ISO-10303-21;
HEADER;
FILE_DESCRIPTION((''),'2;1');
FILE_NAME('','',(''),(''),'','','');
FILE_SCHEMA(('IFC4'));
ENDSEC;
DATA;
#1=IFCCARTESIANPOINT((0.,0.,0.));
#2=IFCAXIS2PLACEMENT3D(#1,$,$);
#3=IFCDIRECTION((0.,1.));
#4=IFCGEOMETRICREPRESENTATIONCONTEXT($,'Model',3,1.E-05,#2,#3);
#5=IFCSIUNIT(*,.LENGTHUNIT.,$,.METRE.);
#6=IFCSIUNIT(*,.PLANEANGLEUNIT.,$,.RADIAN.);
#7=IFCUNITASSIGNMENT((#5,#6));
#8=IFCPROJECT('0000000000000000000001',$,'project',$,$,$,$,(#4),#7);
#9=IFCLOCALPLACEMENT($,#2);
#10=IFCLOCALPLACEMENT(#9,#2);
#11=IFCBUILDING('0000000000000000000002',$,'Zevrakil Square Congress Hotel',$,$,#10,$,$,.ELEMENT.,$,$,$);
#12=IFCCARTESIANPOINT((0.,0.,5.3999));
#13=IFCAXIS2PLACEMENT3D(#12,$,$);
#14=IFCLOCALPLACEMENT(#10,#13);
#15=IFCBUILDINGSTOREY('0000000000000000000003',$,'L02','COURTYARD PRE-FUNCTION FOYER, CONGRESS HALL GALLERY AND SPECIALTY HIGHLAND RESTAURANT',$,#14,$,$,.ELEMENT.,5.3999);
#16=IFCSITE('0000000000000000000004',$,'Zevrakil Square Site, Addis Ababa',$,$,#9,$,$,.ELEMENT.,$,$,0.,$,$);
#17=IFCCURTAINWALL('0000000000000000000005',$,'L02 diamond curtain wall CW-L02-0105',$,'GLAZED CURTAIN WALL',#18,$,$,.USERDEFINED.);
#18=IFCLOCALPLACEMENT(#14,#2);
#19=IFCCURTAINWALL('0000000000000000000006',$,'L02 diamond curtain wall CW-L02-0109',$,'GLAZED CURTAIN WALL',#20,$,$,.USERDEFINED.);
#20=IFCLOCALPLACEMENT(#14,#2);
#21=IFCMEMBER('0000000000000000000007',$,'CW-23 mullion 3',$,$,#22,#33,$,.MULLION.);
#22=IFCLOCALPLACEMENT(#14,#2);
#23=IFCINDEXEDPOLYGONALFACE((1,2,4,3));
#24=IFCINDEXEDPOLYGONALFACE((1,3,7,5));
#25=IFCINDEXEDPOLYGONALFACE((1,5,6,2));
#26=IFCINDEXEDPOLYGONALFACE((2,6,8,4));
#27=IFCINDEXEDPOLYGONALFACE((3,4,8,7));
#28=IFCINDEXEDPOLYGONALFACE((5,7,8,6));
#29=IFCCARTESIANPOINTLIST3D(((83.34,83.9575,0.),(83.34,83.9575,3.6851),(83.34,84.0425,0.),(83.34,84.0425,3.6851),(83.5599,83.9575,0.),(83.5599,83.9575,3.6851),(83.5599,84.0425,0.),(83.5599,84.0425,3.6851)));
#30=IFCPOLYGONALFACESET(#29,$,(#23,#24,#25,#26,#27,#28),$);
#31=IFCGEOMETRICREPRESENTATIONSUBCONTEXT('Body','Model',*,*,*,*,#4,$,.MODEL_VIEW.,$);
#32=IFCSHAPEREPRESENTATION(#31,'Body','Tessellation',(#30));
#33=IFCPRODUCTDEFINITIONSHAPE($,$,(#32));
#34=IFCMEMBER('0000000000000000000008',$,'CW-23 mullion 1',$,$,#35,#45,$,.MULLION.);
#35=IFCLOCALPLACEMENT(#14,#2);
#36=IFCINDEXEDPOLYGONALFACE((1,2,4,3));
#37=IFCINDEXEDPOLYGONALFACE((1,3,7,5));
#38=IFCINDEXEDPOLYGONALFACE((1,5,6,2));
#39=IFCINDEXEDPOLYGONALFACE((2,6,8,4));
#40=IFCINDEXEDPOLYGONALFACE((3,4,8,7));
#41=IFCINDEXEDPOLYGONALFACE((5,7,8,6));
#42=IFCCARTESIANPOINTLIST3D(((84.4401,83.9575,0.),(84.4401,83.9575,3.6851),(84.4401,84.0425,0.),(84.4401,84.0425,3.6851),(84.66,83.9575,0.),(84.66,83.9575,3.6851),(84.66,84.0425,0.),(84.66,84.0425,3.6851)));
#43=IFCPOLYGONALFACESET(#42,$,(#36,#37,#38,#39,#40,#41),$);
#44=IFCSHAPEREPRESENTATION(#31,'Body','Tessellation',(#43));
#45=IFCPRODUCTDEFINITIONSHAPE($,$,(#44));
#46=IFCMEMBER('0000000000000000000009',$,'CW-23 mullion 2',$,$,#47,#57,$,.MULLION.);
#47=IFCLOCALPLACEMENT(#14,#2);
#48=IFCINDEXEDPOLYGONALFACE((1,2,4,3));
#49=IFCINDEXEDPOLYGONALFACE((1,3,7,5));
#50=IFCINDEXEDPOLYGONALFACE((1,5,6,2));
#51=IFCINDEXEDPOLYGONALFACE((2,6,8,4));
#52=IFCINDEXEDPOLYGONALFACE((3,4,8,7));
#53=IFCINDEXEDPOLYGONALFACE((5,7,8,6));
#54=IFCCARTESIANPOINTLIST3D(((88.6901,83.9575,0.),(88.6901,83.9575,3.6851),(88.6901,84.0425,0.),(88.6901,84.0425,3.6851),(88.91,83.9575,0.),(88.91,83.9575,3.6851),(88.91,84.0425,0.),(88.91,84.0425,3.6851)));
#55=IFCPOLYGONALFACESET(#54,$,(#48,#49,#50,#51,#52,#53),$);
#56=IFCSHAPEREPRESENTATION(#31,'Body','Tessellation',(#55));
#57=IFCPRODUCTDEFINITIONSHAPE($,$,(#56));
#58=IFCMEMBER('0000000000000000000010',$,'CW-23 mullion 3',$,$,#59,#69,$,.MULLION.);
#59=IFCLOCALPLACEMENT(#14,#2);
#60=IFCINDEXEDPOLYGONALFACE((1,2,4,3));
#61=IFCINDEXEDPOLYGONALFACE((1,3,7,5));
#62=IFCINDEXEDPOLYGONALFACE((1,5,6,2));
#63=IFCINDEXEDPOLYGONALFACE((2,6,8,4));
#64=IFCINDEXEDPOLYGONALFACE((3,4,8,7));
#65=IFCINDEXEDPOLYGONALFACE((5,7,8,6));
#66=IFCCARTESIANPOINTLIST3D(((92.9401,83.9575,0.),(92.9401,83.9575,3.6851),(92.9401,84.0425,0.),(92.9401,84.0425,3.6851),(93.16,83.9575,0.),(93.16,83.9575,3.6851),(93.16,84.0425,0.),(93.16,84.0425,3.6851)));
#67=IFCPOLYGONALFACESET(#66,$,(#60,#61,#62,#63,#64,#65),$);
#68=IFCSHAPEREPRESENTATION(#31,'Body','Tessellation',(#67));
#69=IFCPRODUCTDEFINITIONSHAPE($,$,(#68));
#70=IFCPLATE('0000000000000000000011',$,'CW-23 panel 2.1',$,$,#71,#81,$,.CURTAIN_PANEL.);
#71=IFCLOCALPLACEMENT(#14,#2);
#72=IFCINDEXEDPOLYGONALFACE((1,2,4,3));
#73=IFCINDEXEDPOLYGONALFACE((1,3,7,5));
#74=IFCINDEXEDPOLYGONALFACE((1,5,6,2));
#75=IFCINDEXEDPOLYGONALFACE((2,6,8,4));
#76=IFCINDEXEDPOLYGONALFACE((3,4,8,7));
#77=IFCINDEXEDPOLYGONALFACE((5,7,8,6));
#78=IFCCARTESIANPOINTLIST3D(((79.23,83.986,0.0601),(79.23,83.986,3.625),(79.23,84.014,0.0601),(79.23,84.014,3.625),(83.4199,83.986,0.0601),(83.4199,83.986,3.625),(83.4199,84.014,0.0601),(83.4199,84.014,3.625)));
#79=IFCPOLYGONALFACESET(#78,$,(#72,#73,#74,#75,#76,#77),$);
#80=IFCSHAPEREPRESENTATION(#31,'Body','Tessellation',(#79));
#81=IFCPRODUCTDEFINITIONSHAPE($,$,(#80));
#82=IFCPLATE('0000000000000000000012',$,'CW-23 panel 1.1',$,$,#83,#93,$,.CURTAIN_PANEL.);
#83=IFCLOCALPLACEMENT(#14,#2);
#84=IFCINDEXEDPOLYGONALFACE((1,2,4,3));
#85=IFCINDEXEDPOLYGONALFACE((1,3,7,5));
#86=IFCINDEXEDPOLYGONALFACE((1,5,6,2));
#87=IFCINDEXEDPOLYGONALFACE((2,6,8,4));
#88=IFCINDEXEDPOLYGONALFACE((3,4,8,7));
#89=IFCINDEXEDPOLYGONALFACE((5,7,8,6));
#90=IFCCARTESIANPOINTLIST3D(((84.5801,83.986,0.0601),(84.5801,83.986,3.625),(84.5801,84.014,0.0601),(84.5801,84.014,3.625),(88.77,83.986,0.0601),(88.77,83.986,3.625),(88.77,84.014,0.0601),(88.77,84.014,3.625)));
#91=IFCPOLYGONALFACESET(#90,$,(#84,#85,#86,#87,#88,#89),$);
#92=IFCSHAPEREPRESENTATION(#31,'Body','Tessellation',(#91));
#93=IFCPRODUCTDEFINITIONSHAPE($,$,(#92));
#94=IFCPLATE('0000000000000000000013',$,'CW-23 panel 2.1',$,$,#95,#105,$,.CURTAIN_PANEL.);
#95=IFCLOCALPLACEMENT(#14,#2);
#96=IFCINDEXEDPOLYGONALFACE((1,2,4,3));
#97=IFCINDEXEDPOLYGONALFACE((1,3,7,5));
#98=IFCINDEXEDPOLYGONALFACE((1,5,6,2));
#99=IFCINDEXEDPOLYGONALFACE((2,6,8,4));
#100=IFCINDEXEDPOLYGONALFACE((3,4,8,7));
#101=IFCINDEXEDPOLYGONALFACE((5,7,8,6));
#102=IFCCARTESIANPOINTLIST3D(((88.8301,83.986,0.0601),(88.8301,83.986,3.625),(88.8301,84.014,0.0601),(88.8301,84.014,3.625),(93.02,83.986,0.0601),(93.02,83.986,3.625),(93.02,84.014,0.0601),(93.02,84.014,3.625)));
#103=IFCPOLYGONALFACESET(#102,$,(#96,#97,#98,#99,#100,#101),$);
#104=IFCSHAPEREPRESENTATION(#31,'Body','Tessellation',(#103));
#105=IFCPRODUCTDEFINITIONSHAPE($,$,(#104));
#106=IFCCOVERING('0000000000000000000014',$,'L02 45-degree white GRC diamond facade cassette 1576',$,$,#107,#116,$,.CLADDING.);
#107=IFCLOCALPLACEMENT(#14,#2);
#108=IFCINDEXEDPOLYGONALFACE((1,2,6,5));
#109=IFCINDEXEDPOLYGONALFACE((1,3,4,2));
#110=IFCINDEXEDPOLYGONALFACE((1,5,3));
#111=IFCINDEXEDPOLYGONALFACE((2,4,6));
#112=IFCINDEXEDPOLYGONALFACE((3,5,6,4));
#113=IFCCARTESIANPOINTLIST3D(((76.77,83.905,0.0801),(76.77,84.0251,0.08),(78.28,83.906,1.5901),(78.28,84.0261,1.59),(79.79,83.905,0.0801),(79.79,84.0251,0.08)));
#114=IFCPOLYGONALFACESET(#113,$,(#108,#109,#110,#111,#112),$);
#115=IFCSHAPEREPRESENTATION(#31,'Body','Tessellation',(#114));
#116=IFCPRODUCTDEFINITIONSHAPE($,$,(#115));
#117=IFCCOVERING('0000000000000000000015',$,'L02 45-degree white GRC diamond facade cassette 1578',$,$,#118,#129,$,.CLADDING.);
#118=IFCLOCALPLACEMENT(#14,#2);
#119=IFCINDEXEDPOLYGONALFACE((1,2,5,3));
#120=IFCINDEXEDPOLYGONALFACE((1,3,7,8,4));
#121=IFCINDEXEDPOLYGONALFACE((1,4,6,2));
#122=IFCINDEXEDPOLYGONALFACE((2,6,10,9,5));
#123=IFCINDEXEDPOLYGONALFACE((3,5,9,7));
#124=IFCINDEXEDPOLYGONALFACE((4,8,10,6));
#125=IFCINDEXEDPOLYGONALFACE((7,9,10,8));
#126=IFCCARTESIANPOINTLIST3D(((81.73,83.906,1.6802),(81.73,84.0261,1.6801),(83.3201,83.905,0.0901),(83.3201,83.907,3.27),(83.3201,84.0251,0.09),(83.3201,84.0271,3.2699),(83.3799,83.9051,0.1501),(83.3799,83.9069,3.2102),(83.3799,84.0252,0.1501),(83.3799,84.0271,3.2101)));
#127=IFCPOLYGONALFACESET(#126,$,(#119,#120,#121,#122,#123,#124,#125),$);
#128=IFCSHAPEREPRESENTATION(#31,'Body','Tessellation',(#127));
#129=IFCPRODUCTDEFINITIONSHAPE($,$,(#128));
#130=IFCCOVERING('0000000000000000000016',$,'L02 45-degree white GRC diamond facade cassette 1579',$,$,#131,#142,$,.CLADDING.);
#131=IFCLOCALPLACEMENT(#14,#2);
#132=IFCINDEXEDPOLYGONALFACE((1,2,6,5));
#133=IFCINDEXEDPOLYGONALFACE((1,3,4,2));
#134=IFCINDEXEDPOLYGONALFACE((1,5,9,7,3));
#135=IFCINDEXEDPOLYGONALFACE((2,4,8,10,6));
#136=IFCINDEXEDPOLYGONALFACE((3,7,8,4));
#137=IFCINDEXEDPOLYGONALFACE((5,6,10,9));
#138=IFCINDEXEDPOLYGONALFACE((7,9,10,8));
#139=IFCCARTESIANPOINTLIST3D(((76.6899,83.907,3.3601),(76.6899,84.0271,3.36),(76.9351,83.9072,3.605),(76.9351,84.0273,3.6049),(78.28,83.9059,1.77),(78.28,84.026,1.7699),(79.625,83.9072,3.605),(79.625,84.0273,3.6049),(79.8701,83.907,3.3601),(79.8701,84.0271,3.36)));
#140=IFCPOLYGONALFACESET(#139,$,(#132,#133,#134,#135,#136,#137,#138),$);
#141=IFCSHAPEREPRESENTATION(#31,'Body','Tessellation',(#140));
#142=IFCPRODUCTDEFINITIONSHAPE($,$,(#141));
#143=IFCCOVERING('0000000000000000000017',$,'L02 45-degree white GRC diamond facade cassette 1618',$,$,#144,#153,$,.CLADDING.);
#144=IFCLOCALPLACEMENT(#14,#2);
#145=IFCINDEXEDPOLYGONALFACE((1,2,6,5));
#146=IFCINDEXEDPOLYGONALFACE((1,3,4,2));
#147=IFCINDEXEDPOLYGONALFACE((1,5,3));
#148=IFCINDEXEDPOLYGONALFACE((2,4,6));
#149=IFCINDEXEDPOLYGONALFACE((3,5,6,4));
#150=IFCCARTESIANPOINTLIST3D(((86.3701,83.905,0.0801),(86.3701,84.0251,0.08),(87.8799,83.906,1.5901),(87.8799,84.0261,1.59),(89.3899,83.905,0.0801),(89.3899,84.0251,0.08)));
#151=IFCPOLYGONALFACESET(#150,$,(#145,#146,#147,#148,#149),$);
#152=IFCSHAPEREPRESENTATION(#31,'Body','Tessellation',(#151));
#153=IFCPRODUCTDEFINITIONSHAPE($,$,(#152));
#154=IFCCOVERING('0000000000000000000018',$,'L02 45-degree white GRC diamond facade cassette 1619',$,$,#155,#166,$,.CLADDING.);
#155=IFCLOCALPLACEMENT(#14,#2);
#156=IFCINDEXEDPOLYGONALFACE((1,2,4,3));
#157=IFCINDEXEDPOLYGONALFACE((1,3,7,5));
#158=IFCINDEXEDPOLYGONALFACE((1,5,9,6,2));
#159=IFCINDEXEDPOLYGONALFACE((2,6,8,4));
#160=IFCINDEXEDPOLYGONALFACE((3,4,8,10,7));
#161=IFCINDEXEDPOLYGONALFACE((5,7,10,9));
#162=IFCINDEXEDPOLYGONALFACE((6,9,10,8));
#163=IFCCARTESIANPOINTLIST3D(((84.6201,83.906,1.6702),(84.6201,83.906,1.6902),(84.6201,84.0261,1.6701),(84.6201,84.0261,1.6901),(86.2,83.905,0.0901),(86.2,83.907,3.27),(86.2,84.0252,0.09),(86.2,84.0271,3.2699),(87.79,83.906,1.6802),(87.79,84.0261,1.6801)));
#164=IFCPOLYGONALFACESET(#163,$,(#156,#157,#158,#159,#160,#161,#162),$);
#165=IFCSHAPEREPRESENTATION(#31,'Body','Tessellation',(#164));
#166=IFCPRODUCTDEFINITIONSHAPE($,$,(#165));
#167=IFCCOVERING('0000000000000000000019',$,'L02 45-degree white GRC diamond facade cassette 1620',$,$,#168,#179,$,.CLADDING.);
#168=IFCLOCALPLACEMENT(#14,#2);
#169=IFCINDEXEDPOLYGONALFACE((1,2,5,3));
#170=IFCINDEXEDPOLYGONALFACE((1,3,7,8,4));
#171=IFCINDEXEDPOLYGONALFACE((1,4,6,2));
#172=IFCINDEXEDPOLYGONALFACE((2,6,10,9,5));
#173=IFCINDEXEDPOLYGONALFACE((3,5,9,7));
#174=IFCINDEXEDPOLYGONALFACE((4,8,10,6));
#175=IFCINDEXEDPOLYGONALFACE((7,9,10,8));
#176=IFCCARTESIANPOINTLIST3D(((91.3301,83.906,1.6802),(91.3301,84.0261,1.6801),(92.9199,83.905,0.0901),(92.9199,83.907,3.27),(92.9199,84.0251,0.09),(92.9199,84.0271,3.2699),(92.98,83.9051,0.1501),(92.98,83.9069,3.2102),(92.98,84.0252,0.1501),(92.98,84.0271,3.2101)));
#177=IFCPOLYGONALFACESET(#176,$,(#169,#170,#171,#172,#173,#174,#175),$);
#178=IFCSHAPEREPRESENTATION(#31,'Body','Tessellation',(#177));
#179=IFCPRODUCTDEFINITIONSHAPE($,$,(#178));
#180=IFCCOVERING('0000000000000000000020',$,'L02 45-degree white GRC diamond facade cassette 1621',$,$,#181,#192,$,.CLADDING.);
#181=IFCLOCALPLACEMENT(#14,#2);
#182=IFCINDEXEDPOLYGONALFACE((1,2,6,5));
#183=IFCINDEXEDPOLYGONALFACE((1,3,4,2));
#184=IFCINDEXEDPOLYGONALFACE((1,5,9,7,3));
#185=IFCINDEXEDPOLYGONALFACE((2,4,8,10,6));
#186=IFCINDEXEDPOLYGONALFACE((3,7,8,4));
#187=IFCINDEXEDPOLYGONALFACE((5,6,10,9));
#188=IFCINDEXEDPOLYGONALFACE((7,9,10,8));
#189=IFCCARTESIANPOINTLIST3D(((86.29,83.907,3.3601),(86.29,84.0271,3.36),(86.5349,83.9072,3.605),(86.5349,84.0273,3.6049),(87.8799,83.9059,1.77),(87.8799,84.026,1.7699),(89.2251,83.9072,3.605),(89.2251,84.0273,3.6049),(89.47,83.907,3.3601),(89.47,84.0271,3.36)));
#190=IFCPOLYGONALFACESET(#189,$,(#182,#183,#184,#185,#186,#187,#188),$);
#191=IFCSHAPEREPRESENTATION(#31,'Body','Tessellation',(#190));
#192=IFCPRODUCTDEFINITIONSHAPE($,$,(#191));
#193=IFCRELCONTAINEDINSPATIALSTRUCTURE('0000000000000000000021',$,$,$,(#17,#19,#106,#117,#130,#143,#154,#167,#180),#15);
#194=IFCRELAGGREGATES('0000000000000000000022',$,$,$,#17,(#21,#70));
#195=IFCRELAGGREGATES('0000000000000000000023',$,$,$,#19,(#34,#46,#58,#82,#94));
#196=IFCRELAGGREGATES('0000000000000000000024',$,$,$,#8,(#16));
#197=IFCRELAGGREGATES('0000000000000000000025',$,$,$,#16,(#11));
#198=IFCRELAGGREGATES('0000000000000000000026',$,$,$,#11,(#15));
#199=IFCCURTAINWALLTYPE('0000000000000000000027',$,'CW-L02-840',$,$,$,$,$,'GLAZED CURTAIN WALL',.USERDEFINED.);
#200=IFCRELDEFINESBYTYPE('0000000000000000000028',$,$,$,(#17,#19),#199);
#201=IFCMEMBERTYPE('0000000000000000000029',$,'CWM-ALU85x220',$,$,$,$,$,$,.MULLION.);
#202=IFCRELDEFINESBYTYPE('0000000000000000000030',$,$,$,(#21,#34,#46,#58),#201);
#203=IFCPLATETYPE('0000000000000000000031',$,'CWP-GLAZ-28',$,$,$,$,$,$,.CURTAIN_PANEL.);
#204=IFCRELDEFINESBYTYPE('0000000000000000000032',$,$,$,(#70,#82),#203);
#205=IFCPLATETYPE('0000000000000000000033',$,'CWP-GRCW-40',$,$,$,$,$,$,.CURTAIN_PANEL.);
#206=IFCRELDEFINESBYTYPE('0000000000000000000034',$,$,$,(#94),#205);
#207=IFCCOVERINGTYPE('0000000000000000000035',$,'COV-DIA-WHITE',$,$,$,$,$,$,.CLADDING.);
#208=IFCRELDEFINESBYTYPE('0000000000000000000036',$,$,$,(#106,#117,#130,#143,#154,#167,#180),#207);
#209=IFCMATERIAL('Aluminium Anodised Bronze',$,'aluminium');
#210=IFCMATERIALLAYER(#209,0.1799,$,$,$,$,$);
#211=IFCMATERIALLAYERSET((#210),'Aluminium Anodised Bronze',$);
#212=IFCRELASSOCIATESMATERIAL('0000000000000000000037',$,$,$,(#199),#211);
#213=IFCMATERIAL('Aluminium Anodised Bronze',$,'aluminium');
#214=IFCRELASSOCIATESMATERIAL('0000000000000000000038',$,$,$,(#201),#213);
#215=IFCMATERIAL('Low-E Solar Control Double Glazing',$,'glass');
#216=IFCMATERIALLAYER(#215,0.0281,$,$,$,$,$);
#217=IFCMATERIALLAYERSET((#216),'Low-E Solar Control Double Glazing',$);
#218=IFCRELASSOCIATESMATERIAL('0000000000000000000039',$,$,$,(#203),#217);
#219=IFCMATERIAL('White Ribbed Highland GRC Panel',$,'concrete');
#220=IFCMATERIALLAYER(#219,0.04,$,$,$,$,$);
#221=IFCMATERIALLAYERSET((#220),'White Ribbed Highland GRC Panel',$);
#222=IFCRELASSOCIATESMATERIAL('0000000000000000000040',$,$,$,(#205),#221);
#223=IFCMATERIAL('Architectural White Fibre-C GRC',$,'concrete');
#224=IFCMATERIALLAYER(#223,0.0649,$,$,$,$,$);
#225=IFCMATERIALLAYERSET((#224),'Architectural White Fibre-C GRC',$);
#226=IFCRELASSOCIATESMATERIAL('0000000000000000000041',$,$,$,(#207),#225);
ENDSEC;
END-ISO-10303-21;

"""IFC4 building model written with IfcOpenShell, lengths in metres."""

from ifc_helpers import new_model, si_unit, direction, frame, origin, origin_2d, place, context, subcontext, project, spatial, polyline, rectangle, outline, extrude, material, layer, layer_set, material_profile, profile_set, type_object, element, aggregate, save


model = new_model("IFC4")

# Units and contexts
model_context = context("Model", 3, precision=1e-05, world=origin(), true_north=direction((0.0, 1.0)))
body_context = subcontext(model_context, "Body", "Model", "MODEL_VIEW")
ifc_project = project(units=[si_unit("LENGTHUNIT", "METRE"), si_unit("PLANEANGLEUNIT", "RADIAN")], contexts=[model_context])

# Site, building, storey
site_placement = place(None, origin())
site = spatial("IfcSite", under=ifc_project, at=site_placement, Name="Zevrakil Square Site, Addis Ababa", CompositionType="ELEMENT", RefElevation=0.0)
building_placement = place(site_placement, origin())
building = spatial("IfcBuilding", under=site, at=building_placement, Name="Zevrakil Square Congress Hotel", CompositionType="ELEMENT")
storey_placement = place(building_placement, frame((0.0, 0.0, 5.3999)))
storey = spatial("IfcBuildingStorey", under=building, at=storey_placement, Name="L02", Description="COURTYARD PRE-FUNCTION FOYER, CONGRESS HALL GALLERY AND SPECIALTY HIGHLAND RESTAURANT", CompositionType="ELEMENT", Elevation=5.3999)

# Curtain walls
ifc_material_1 = material(Name="Aluminium Anodised Bronze", Category="aluminium")
ifc_layer_1 = layer(ifc_material_1, 0.1799)
ifc_layer_set_1 = layer_set([ifc_layer_1], Name="Aluminium Anodised Bronze")
curtain_wall_type = type_object("IfcCurtainWallType", Name="CW-L02-840", ElementType="GLAZED CURTAIN WALL", PredefinedType="USERDEFINED", material=ifc_layer_set_1)
curtain_wall_1_placement = place(storey_placement, origin())
curtain_wall_1 = element("IfcCurtainWall", 1, at=curtain_wall_1_placement, inside=storey, type_object=curtain_wall_type, Name="L02 diamond curtain wall CW-L02-0105", ObjectType="GLAZED CURTAIN WALL", PredefinedType="USERDEFINED")
curtain_wall_2_placement = place(storey_placement, origin())
curtain_wall_2 = element("IfcCurtainWall", 2, at=curtain_wall_2_placement, inside=storey, type_object=curtain_wall_type, Name="L02 diamond curtain wall CW-L02-0109", ObjectType="GLAZED CURTAIN WALL", PredefinedType="USERDEFINED")

# Members
ifc_material_2 = material(Name="Aluminium Anodised Bronze", Category="aluminium")
ifc_material_profile_1 = material_profile(ifc_material_2, rectangle(XDim=0.085, YDim=0.22, at=origin_2d()), Name="ALU 85x220")
ifc_profile_set_1 = profile_set([ifc_material_profile_1], Name="Aluminium Anodised Bronze")
member_type_1 = type_object("IfcMemberType", Name="CWM-ALU85x220", PredefinedType="MULLION", material=ifc_profile_set_1)
member_1_placement = place(storey_placement, frame((83.45, 84.0, 0.0), z_axis=(0.0, 0.0, 1.0), x_axis=(0.0, 1.0, 0.0)))
member_1 = element("IfcMember", 3, at=member_1_placement, type_object=member_type_1, Name="CW-23 mullion 3", PredefinedType="MULLION", context=body_context, shape_type="SweptSolid", body=[
    extrude(rectangle(XDim=0.085, YDim=0.22, at=origin_2d()), origin(), (0.0, 0.0, 1.0), 3.6851),
])
member_2_placement = place(storey_placement, frame((84.55, 84.0, 0.0), z_axis=(0.0, 0.0, 1.0), x_axis=(0.0, 1.0, 0.0)))
member_2 = element("IfcMember", 4, at=member_2_placement, type_object=member_type_1, Name="CW-23 mullion 1", PredefinedType="MULLION", context=body_context, shape_type="SweptSolid", body=[
    extrude(rectangle(XDim=0.085, YDim=0.22, at=origin_2d()), origin(), (0.0, 0.0, 1.0), 3.6851),
])
member_3_placement = place(storey_placement, frame((88.8, 84.0, 0.0), z_axis=(0.0, 0.0, 1.0), x_axis=(0.0, 1.0, 0.0)))
member_3 = element("IfcMember", 5, at=member_3_placement, type_object=member_type_1, Name="CW-23 mullion 2", PredefinedType="MULLION", context=body_context, shape_type="SweptSolid", body=[
    extrude(rectangle(XDim=0.085, YDim=0.22, at=origin_2d()), origin(), (0.0, 0.0, 1.0), 3.6851),
])
member_4_placement = place(storey_placement, frame((93.05, 84.0, 0.0), z_axis=(0.0, 0.0, 1.0), x_axis=(0.0, 1.0, 0.0)))
member_4 = element("IfcMember", 6, at=member_4_placement, type_object=member_type_1, Name="CW-23 mullion 3", PredefinedType="MULLION", context=body_context, shape_type="SweptSolid", body=[
    extrude(rectangle(XDim=0.085, YDim=0.22, at=origin_2d()), origin(), (0.0, 0.0, 1.0), 3.6851),
])

# Plates
ifc_material_3 = material(Name="Low-E Solar Control Double Glazing", Category="glass")
ifc_layer_2 = layer(ifc_material_3, 0.0281)
ifc_layer_set_2 = layer_set([ifc_layer_2], Name="Low-E Solar Control Double Glazing")
plate_type_1 = type_object("IfcPlateType", Name="CWP-GLAZ-28", PredefinedType="CURTAIN_PANEL", material=ifc_layer_set_2)
plate_1_placement = place(storey_placement, frame((81.325, 84.0, 0.0601), z_axis=(0.0, 0.0, 1.0), x_axis=(1.0, 0.0, 0.0)))
plate_1 = element("IfcPlate", 7, at=plate_1_placement, type_object=plate_type_1, Name="CW-23 panel 2.1", PredefinedType="CURTAIN_PANEL", context=body_context, shape_type="SweptSolid", body=[
    extrude(rectangle(XDim=4.1899, YDim=0.0281, at=origin_2d()), origin(), (0.0, 0.0, 1.0), 3.5649),
])
aggregate(curtain_wall_1, [member_1, plate_1])
plate_2_placement = place(storey_placement, frame((86.675, 84.0, 0.0601), z_axis=(0.0, 0.0, 1.0), x_axis=(1.0, 0.0, 0.0)))
plate_2 = element("IfcPlate", 8, at=plate_2_placement, type_object=plate_type_1, Name="CW-23 panel 1.1", PredefinedType="CURTAIN_PANEL", context=body_context, shape_type="SweptSolid", body=[
    extrude(rectangle(XDim=4.1899, YDim=0.0281, at=origin_2d()), origin(), (0.0, 0.0, 1.0), 3.5649),
])
ifc_material_4 = material(Name="White Ribbed Highland GRC Panel", Category="concrete")
ifc_layer_3 = layer(ifc_material_4, 0.04)
ifc_layer_set_3 = layer_set([ifc_layer_3], Name="White Ribbed Highland GRC Panel")
plate_type_2 = type_object("IfcPlateType", Name="CWP-GRCW-40", PredefinedType="CURTAIN_PANEL", material=ifc_layer_set_3)
plate_3_placement = place(storey_placement, frame((90.925, 84.0, 0.0601), z_axis=(0.0, 0.0, 1.0), x_axis=(1.0, 0.0, 0.0)))
plate_3 = element("IfcPlate", 9, at=plate_3_placement, type_object=plate_type_2, Name="CW-23 panel 2.1", PredefinedType="CURTAIN_PANEL", context=body_context, shape_type="SweptSolid", body=[
    extrude(rectangle(XDim=4.1899, YDim=0.0281, at=origin_2d()), origin(), (0.0, 0.0, 1.0), 3.5649),
])
aggregate(curtain_wall_2, [member_2, member_3, member_4, plate_2, plate_3])

# Coverings
ifc_material_5 = material(Name="Architectural White Fibre-C GRC", Category="concrete")
ifc_layer_4 = layer(ifc_material_5, 0.0649)
ifc_layer_set_4 = layer_set([ifc_layer_4], Name="Architectural White Fibre-C GRC")
covering_type_1 = type_object("IfcCoveringType", Name="COV-DIA-WHITE", PredefinedType="CLADDING", material=ifc_layer_set_4)
covering_1_placement = place(storey_placement, frame((78.28, 83.906, 1.5901), z_axis=(0.0, -1.0, 0.000647), x_axis=(0.707107, -0.000457, -0.707107)))
element("IfcCovering", 10, at=covering_1_placement, inside=storey, type_object=covering_type_1, Name="L02 45-degree white GRC diamond facade cassette 1576", PredefinedType="CLADDING", context=body_context, shape_type="SweptSolid", body=[
    extrude(outline(polyline([(0.0, 0.0), (2.1355, 0.0), (0.0, -2.1355), (0.0, 0.0)])), origin(), (0.0, 0.0, -1.0), 0.1201),
])
covering_2_placement = place(storey_placement, frame((83.3201, 83.905, 0.0901), z_axis=(0.0, -1.0, 0.000615), x_axis=(-0.707107, 0.000435, 0.707107)))
element("IfcCovering", 11, at=covering_2_placement, inside=storey, type_object=covering_type_1, Name="L02 45-degree white GRC diamond facade cassette 1578", PredefinedType="CLADDING", context=body_context, shape_type="SweptSolid", body=[
    extrude(outline(polyline([(0.0, 0.0), (2.2487, 0.0), (2.2486, -2.2486), (2.164, -2.2486), (0.0002, -0.0848), (0.0, 0.0)])), origin(), (0.0, 0.0, -1.0), 0.1201),
])
covering_3_placement = place(storey_placement, frame((79.8701, 83.907, 3.3601), z_axis=(0.0, -1.0, 0.000699), x_axis=(-0.707107, -0.000494, -0.707107)))
element("IfcCovering", 12, at=covering_3_placement, inside=storey, type_object=covering_type_1, Name="L02 45-degree white GRC diamond facade cassette 1579", PredefinedType="CLADDING", context=body_context, shape_type="SweptSolid", body=[
    extrude(outline(polyline([(0.0, 0.0), (2.2487, 0.0), (2.2487, -2.2487), (1.9022, -2.2486), (0.0002, -0.3465), (0.0, 0.0)])), origin(), (0.0, 0.0, -1.0), 0.1201),
])
covering_4_placement = place(storey_placement, frame((87.8799, 83.906, 1.5901), z_axis=(0.0, -1.0, 0.000647), x_axis=(0.707107, -0.000457, -0.707107)))
element("IfcCovering", 13, at=covering_4_placement, inside=storey, type_object=covering_type_1, Name="L02 45-degree white GRC diamond facade cassette 1618", PredefinedType="CLADDING", context=body_context, shape_type="SweptSolid", body=[
    extrude(outline(polyline([(0.0, 0.0), (2.1355, 0.0), (0.0002, -2.1353), (0.0, 0.0)])), origin(), (0.0, 0.0, -1.0), 0.1201),
])
covering_5_placement = place(storey_placement, frame((86.2, 83.907, 3.27), z_axis=(0.0, -1.0, 0.000612), x_axis=(0.707161, -0.000433, -0.707052)))
element("IfcCovering", 14, at=covering_5_placement, inside=storey, type_object=covering_type_1, Name="L02 45-degree white GRC diamond facade cassette 1619", PredefinedType="CLADDING", context=body_context, shape_type="SweptSolid", body=[
    extrude(outline(polyline([(0.0, 0.0), (2.2486, 0.0), (2.2484, -2.2487), (0.014, -2.2484), (-0.0002, -2.2342), (0.0, 0.0)])), origin(), (0.0, 0.0, -1.0), 0.1201),
])
covering_6_placement = place(storey_placement, frame((92.9199, 83.905, 0.0901), z_axis=(0.0, -1.0, 0.000615), x_axis=(-0.707052, 0.000435, 0.707161)))
element("IfcCovering", 15, at=covering_6_placement, inside=storey, type_object=covering_type_1, Name="L02 45-degree white GRC diamond facade cassette 1620", PredefinedType="CLADDING", context=body_context, shape_type="SweptSolid", body=[
    extrude(outline(polyline([(0.0, 0.0), (2.2486, 0.0), (2.2487, -2.2484), (2.164, -2.2486), (0.0, -0.0849), (0.0, 0.0)])), origin(), (0.0, 0.0, -1.0), 0.1201),
])
covering_7_placement = place(storey_placement, frame((89.47, 83.907, 3.3601), z_axis=(0.0, -1.0, 0.000699), x_axis=(-0.707107, -0.000494, -0.707107)))
element("IfcCovering", 16, at=covering_7_placement, inside=storey, type_object=covering_type_1, Name="L02 45-degree white GRC diamond facade cassette 1621", PredefinedType="CLADDING", context=body_context, shape_type="SweptSolid", body=[
    extrude(outline(polyline([(0.0, 0.0), (2.2487, 0.0), (2.2486, -2.2486), (1.9022, -2.2486), (0.0, -0.3463), (0.0, 0.0)])), origin(), (0.0, 0.0, -1.0), 0.1201),
])

save(model, "model.ifc")
